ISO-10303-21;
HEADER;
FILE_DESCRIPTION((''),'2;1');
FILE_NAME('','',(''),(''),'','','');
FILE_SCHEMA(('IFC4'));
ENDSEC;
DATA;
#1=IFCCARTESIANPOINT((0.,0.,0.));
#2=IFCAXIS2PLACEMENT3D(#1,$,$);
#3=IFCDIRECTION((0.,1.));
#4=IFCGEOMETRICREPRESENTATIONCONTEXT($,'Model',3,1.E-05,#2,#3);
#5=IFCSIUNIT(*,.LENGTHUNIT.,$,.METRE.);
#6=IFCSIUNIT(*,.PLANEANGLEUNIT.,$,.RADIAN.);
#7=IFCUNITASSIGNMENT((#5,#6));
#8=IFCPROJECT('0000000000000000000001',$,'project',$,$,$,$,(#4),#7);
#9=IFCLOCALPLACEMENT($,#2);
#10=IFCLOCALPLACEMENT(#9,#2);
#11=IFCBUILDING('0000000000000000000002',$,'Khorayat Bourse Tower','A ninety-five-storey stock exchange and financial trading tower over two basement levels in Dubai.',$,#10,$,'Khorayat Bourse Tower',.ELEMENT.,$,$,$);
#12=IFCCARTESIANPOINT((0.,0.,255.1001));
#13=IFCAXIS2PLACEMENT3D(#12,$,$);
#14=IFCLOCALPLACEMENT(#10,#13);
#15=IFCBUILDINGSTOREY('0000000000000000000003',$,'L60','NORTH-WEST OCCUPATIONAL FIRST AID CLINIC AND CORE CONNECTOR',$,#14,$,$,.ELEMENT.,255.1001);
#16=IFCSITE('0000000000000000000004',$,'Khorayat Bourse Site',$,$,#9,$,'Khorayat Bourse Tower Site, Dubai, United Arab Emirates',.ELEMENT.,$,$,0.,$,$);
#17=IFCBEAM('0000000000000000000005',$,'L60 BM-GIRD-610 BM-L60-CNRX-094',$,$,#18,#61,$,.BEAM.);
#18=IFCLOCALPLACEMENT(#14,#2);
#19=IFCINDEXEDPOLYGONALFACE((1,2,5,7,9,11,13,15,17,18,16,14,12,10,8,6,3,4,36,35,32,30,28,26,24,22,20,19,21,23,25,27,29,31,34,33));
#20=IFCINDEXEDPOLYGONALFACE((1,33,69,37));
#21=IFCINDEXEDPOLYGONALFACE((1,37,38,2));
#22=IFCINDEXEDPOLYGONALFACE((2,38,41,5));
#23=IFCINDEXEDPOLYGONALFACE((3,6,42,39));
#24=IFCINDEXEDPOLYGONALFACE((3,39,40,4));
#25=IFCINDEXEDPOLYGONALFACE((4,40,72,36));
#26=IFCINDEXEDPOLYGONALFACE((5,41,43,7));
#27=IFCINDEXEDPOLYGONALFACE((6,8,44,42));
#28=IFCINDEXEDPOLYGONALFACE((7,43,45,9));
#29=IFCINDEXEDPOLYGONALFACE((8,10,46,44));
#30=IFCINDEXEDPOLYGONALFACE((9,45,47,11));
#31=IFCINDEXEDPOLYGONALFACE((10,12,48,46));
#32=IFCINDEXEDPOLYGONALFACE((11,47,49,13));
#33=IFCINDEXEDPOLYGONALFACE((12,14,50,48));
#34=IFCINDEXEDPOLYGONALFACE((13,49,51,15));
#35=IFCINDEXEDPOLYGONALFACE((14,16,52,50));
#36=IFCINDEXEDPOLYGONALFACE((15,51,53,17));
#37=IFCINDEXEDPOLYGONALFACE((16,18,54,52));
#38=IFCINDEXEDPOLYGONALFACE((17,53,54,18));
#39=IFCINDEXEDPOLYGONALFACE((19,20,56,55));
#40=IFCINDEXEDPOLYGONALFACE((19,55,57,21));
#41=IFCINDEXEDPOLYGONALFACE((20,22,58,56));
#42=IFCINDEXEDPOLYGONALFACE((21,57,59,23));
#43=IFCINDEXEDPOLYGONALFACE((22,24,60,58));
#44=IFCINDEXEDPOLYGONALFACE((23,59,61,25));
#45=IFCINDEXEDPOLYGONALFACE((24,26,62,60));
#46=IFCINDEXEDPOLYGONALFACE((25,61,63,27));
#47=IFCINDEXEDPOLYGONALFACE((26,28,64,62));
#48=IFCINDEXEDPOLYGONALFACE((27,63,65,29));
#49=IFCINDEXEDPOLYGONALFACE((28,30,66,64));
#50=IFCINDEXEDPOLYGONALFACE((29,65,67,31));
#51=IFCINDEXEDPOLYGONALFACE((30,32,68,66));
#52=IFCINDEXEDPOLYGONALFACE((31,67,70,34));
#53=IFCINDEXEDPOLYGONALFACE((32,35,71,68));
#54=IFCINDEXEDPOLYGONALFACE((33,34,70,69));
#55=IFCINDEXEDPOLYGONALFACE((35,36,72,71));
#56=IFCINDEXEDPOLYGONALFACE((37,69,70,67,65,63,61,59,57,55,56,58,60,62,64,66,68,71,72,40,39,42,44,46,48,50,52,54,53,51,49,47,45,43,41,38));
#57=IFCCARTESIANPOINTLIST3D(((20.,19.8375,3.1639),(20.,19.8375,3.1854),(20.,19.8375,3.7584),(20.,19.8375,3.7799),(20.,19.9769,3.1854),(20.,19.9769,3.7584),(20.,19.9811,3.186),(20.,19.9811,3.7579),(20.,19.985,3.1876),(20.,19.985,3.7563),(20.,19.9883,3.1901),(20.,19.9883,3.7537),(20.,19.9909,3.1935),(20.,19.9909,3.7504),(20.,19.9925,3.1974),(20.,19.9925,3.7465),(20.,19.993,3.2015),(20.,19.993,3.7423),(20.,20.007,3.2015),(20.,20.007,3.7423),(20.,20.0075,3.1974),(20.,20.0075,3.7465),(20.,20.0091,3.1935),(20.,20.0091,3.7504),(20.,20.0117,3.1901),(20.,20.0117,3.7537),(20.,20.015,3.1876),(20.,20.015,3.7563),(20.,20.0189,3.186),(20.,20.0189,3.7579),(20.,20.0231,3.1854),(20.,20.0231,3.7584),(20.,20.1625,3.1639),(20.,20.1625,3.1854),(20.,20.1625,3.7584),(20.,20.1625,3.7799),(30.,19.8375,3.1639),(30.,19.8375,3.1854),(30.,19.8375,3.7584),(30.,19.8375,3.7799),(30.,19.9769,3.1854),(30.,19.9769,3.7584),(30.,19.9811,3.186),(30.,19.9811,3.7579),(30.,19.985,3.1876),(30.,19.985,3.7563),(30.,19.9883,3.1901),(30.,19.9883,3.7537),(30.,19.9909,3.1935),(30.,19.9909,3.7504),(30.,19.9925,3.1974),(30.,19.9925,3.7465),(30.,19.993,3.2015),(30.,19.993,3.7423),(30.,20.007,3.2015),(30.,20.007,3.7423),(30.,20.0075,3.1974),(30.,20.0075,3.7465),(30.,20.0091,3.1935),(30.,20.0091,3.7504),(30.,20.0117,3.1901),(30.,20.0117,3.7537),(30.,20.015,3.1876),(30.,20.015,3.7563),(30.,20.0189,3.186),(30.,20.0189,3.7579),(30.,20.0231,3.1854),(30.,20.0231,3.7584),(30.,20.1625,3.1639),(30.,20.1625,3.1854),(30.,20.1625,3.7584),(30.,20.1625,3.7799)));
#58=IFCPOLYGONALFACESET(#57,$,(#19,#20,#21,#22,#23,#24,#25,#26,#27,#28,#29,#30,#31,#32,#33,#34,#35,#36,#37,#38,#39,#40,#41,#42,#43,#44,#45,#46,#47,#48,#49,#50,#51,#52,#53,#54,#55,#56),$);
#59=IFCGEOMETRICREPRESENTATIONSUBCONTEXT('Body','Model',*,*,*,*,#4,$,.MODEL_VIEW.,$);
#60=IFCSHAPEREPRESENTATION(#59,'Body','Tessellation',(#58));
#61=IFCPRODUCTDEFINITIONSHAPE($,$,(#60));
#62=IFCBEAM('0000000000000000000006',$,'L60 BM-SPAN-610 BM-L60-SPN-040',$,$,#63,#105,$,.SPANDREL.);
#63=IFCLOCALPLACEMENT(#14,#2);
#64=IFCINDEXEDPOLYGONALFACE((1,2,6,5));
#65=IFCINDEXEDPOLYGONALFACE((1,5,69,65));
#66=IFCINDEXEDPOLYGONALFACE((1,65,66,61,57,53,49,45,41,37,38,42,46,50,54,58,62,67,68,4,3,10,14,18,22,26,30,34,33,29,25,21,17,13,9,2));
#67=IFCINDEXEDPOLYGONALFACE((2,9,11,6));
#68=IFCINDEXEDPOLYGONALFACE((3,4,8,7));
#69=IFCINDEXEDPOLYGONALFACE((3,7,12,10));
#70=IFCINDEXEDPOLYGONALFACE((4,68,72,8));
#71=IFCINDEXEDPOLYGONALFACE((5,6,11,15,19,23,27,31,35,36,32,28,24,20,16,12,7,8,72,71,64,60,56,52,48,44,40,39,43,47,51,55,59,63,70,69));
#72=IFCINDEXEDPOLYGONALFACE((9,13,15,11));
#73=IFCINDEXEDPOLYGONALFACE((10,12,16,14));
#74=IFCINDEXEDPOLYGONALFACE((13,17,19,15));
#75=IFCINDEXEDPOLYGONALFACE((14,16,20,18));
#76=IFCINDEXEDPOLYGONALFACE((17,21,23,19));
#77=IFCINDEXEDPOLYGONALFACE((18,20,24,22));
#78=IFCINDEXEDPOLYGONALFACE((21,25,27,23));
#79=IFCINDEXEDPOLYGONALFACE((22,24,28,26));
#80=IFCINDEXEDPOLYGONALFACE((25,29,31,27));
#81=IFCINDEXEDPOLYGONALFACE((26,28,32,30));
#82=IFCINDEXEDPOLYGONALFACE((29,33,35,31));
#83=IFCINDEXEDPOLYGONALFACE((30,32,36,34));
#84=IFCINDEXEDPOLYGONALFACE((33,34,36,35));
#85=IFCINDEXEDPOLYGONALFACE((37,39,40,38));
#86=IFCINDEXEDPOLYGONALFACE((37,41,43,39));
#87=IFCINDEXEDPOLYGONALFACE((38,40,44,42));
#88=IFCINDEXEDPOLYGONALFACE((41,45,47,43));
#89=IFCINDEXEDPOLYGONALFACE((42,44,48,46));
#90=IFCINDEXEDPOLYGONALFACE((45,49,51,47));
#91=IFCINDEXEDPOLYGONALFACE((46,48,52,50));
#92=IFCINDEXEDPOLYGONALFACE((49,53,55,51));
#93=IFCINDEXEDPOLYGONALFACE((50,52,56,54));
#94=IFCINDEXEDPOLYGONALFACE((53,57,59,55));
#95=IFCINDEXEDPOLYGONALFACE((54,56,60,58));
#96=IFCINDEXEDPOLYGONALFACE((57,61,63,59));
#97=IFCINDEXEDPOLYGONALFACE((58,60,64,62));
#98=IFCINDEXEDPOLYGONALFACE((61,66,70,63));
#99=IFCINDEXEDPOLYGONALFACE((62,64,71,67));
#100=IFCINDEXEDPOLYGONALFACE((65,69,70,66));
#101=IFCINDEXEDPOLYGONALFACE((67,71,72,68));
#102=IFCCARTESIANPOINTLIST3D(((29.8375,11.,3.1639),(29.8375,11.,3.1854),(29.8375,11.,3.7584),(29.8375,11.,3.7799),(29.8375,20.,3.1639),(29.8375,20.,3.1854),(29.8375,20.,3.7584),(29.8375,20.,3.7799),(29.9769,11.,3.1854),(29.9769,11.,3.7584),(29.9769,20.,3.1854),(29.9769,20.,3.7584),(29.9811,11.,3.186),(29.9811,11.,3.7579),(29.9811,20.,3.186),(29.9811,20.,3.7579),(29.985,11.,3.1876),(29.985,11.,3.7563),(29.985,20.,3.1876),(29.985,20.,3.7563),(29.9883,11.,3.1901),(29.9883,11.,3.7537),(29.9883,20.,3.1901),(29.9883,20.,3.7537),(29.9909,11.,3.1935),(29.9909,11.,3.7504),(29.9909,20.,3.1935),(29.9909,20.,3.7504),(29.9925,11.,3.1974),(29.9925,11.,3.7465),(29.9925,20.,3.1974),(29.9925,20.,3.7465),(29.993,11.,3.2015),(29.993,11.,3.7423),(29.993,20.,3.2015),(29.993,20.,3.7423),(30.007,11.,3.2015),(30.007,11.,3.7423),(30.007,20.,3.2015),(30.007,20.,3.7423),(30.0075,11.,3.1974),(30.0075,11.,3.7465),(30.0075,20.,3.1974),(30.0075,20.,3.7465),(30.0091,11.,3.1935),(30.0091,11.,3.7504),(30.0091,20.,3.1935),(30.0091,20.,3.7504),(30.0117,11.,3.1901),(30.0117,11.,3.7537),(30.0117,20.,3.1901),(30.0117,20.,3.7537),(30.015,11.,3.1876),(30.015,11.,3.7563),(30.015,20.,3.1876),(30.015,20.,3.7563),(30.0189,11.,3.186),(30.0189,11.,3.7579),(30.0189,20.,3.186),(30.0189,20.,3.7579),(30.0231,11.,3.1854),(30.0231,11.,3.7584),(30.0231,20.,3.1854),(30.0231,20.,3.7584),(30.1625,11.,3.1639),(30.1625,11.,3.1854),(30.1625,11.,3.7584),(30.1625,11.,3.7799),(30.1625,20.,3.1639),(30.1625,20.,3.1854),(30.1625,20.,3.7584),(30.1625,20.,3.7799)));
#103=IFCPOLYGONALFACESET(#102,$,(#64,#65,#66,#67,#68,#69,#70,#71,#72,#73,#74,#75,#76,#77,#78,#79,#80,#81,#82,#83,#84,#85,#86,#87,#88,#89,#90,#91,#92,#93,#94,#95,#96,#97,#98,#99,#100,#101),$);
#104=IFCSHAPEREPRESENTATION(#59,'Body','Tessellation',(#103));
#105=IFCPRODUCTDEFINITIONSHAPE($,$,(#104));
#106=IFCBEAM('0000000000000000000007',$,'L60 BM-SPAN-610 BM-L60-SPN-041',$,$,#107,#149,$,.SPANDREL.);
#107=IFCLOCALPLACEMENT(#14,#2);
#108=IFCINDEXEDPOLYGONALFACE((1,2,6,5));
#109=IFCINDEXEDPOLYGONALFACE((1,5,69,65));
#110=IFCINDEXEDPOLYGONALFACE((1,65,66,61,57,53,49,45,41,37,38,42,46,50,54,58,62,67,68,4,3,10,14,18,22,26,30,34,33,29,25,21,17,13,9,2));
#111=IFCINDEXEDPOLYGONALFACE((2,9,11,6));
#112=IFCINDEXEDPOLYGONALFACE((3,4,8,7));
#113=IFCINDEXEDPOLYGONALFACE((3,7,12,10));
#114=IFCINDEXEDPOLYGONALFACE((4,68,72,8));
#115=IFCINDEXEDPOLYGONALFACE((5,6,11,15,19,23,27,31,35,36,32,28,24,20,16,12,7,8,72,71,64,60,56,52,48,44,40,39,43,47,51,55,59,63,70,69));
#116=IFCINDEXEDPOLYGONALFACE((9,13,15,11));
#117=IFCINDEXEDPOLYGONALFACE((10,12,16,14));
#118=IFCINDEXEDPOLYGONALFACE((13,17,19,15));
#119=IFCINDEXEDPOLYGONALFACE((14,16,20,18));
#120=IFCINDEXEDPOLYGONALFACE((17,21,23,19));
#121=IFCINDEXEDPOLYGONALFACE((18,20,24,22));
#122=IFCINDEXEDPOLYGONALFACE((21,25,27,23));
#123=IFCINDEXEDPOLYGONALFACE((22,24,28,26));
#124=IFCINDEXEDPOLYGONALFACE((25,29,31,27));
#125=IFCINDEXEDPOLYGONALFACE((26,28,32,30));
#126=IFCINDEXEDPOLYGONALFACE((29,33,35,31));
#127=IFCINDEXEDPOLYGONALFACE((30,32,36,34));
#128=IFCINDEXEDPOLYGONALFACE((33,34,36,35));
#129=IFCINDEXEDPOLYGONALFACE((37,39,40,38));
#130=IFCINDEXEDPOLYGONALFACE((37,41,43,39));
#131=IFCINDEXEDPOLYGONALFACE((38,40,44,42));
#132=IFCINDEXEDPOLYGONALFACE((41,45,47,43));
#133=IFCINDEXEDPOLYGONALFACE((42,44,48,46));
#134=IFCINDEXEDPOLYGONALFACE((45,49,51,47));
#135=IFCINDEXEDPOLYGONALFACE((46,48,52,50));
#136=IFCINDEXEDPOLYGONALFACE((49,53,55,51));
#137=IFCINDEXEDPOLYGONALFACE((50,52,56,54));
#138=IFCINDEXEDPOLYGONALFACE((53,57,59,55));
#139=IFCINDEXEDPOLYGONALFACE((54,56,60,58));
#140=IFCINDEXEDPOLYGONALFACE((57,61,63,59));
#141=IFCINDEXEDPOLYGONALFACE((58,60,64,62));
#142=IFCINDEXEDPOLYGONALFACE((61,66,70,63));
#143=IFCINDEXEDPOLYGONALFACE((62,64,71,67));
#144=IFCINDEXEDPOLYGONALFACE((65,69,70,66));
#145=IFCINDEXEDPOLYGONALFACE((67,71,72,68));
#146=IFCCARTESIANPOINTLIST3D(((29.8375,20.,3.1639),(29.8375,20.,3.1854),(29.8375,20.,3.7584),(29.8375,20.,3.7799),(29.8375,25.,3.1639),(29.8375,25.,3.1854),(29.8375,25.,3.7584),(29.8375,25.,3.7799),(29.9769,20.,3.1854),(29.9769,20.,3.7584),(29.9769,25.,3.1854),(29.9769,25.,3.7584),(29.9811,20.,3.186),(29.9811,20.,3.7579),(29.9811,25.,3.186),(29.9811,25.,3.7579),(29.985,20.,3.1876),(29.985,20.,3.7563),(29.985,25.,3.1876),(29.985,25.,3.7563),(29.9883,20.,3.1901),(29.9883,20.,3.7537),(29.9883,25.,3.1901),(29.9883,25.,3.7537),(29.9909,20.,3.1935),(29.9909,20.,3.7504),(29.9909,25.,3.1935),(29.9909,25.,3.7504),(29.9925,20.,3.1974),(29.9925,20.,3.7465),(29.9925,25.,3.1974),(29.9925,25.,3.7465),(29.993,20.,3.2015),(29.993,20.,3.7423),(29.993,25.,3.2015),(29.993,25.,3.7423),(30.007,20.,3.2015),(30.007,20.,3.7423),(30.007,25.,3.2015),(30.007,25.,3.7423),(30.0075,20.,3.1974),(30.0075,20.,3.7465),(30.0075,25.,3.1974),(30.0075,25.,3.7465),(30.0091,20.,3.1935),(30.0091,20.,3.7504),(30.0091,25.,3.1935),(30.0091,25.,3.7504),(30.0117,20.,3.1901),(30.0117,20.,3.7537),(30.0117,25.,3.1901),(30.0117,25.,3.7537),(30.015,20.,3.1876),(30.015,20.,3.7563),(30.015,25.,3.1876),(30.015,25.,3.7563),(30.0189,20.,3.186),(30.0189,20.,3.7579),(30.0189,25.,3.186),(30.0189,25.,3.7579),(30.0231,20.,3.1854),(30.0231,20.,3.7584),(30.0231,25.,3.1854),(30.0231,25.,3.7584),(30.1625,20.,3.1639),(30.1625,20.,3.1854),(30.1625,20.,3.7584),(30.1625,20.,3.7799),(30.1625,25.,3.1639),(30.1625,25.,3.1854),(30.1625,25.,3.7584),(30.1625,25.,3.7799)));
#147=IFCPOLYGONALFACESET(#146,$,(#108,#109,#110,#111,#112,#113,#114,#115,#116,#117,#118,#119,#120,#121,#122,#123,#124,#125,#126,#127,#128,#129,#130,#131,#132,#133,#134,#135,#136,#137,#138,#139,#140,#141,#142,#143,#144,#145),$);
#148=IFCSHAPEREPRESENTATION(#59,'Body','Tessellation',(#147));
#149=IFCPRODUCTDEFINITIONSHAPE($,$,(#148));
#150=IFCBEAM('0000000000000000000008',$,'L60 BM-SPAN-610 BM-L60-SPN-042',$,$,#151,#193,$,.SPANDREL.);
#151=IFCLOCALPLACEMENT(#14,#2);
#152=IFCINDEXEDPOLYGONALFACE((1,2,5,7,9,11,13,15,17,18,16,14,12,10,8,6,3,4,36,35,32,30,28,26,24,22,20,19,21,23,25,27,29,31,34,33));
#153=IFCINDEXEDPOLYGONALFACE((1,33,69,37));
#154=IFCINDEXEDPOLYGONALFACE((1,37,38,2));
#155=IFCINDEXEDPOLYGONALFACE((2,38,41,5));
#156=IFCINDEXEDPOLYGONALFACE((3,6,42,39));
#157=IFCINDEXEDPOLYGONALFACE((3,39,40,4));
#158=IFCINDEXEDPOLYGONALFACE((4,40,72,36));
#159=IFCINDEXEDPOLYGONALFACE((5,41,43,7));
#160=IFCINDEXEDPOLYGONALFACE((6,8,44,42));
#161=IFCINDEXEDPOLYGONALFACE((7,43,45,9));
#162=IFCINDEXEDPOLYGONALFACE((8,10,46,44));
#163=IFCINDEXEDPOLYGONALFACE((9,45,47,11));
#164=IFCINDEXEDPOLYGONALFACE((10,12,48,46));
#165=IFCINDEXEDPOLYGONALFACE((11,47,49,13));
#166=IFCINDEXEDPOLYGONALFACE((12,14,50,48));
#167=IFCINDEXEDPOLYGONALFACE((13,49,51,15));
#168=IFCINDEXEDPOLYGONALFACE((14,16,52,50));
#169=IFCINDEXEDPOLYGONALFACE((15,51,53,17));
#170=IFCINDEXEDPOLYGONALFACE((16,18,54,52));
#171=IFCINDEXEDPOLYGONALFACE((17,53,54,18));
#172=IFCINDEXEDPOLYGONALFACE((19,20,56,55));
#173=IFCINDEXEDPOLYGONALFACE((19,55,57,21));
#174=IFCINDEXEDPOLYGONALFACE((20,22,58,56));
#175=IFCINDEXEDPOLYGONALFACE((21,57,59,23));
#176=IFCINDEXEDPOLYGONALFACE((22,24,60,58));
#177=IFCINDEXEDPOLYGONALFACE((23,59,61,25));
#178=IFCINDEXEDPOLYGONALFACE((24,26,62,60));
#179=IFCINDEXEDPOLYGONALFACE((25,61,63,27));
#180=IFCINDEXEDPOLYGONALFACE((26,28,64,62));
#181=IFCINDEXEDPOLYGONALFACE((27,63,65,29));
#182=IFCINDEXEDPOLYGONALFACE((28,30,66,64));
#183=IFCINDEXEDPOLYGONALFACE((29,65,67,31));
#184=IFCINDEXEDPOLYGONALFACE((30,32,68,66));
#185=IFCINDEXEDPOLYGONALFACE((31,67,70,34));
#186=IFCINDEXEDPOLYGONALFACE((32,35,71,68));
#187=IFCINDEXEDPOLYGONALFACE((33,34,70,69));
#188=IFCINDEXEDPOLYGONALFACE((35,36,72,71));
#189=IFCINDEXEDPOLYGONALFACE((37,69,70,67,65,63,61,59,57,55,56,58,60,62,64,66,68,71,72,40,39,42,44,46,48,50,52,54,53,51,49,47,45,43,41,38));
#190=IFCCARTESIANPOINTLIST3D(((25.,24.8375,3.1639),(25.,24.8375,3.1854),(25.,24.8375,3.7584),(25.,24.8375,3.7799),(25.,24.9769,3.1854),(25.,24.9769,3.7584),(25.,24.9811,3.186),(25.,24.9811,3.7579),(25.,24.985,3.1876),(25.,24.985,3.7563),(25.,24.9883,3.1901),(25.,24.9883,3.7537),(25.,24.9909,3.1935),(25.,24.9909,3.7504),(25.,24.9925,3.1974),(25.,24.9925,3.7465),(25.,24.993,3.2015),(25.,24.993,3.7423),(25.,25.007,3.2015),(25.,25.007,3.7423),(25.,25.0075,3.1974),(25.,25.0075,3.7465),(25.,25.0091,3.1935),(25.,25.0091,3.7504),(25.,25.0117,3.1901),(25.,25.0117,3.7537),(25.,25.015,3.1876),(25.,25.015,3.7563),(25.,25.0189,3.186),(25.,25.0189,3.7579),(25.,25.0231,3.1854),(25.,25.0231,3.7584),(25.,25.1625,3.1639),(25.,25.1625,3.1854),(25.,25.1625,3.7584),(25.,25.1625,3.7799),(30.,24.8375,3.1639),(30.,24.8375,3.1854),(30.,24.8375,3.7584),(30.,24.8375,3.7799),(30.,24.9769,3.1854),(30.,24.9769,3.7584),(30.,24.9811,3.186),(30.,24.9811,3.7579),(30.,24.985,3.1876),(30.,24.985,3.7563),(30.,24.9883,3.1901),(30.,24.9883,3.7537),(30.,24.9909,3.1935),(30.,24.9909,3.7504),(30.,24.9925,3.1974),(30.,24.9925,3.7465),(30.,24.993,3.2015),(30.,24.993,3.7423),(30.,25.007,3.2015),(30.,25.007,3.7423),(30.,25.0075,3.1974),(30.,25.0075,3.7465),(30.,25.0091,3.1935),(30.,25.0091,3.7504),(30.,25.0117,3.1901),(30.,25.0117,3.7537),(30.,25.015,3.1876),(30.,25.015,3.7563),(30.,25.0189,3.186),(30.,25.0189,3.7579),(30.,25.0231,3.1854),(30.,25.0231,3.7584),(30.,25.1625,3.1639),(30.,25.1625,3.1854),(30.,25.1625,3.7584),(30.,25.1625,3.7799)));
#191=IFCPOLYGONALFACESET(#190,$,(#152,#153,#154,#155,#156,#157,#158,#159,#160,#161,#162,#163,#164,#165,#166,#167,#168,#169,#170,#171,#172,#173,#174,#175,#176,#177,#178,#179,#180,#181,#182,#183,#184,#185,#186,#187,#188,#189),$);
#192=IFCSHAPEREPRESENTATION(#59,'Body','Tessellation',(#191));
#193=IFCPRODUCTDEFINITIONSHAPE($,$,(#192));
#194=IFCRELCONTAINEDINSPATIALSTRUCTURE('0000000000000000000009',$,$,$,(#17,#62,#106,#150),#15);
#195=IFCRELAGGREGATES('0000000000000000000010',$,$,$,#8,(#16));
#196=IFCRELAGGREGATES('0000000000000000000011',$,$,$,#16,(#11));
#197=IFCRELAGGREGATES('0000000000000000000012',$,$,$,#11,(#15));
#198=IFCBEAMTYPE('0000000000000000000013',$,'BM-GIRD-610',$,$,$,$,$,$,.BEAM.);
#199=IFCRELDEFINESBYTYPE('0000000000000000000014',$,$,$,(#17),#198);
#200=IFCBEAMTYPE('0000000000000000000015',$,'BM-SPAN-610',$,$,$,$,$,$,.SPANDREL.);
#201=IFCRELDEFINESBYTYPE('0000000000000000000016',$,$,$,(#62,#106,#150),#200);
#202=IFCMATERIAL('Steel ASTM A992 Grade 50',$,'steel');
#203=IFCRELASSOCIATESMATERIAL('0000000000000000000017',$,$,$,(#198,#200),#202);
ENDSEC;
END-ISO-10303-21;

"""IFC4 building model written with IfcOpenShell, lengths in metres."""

from ifc_helpers import new_model, si_unit, direction, frame, origin, origin_2d, place, context, subcontext, project, spatial, i_section, extrude, source, transform, mapped, material, material_profile, profile_set, type_object, element, save


model = new_model("IFC4")

# Units and contexts
model_context = context("Model", 3, precision=1e-05, world=origin(), true_north=direction((0.0, 1.0)))
body_context = subcontext(model_context, "Body", "Model", "MODEL_VIEW")
ifc_project = project(units=[si_unit("LENGTHUNIT", "METRE"), si_unit("PLANEANGLEUNIT", "RADIAN")], contexts=[model_context])

# Site, building, storey
site_placement = place(None, origin())
site = spatial("IfcSite", under=ifc_project, at=site_placement, Name="Khorayat Bourse Site", LongName="Khorayat Bourse Tower Site, Dubai, United Arab Emirates", CompositionType="ELEMENT", RefElevation=0.0)
building_placement = place(site_placement, origin())
building = spatial("IfcBuilding", under=site, at=building_placement, Name="Khorayat Bourse Tower", Description="A ninety-five-storey stock exchange and financial trading tower over two basement levels in Dubai.", LongName="Khorayat Bourse Tower", CompositionType="ELEMENT")
storey_placement = place(building_placement, frame((0.0, 0.0, 255.1001)))
storey = spatial("IfcBuildingStorey", under=building, at=storey_placement, Name="L60", Description="NORTH-WEST OCCUPATIONAL FIRST AID CLINIC AND CORE CONNECTOR", CompositionType="ELEMENT", Elevation=255.1001)

# Beams
ifc_material_1 = material(Name="Steel ASTM A992 Grade 50", Category="steel")
ifc_material_profile_1 = material_profile(ifc_material_1, i_section(OverallWidth=0.325, OverallDepth=0.616, WebThickness=0.0139, FlangeThickness=0.0215, FilletRadius=0.0161, at=origin_2d()), Name="W610X174")
ifc_profile_set_1 = profile_set([ifc_material_profile_1], Name="Steel ASTM A992 Grade 50")
beam_type_1 = type_object("IfcBeamType", Name="BM-GIRD-610", PredefinedType="BEAM", material=ifc_profile_set_1)
shared_shape_1 = source(origin(), body_context, "Body", "SweptSolid", [
    extrude(i_section(OverallWidth=0.325, OverallDepth=0.616, WebThickness=0.0139, FlangeThickness=0.0215, FilletRadius=0.0161, at=origin_2d()), origin(), (0.0, 0.0, 1.0), 10.0),
])
beam_1_placement = place(storey_placement, frame((20.0, 20.0, 3.4719), z_axis=(1.0, 0.0, 0.0), x_axis=(0.0, 1.0, 0.0)))
element("IfcBeam", 1, at=beam_1_placement, inside=storey, type_object=beam_type_1, Name="L60 BM-GIRD-610 BM-L60-CNRX-094", PredefinedType="BEAM", context=body_context, shape_type="MappedRepresentation", body=[
    mapped(shared_shape_1, transform((0.0, 0.0, 0.0), scale=1.0)),
])
ifc_material_profile_2 = material_profile(ifc_material_1, i_section(OverallWidth=0.325, OverallDepth=0.616, WebThickness=0.0139, FlangeThickness=0.0215, FilletRadius=0.0161, at=origin_2d()), Name="W610X174")
ifc_profile_set_2 = profile_set([ifc_material_profile_2], Name="Steel ASTM A992 Grade 50")
beam_type_2 = type_object("IfcBeamType", Name="BM-SPAN-610", PredefinedType="SPANDREL", material=ifc_profile_set_2)
shared_shape_2 = source(origin(), body_context, "Body", "SweptSolid", [
    extrude(i_section(OverallWidth=0.325, OverallDepth=0.616, WebThickness=0.0139, FlangeThickness=0.0215, FilletRadius=0.0161, at=origin_2d()), origin(), (0.0, 0.0, 1.0), 9.0),
])
beam_2_placement = place(storey_placement, frame((30.0, 11.0, 3.4719), z_axis=(0.0, 1.0, 0.0), x_axis=(-1.0, 0.0, 0.0)))
element("IfcBeam", 2, at=beam_2_placement, inside=storey, type_object=beam_type_2, Name="L60 BM-SPAN-610 BM-L60-SPN-040", PredefinedType="SPANDREL", context=body_context, shape_type="MappedRepresentation", body=[
    mapped(shared_shape_2, transform((0.0, 0.0, 0.0), scale=1.0)),
])
shared_shape_3 = source(origin(), body_context, "Body", "SweptSolid", [
    extrude(i_section(OverallWidth=0.325, OverallDepth=0.616, WebThickness=0.0139, FlangeThickness=0.0215, FilletRadius=0.0161, at=origin_2d()), origin(), (0.0, 0.0, 1.0), 5.0),
])
for number, where, z_axis, x_axis, name in (
    (3, (30.0, 20.0, 3.4719), (0.0, 1.0, 0.0), (-1.0, 0.0, 0.0), "L60 BM-SPAN-610 BM-L60-SPN-041"),
    (4, (25.0, 25.0, 3.4719), (1.0, 0.0, 0.0), (0.0, 1.0, 0.0), "L60 BM-SPAN-610 BM-L60-SPN-042"),
):
    element("IfcBeam", number, at=place(storey_placement, frame(where, z_axis=z_axis, x_axis=x_axis)), inside=storey, type_object=beam_type_2, Name=name, PredefinedType="SPANDREL", context=body_context, shape_type="MappedRepresentation", body=[
        mapped(shared_shape_3, transform((0.0, 0.0, 0.0), scale=1.0)),
    ])

save(model, "model.ifc")
